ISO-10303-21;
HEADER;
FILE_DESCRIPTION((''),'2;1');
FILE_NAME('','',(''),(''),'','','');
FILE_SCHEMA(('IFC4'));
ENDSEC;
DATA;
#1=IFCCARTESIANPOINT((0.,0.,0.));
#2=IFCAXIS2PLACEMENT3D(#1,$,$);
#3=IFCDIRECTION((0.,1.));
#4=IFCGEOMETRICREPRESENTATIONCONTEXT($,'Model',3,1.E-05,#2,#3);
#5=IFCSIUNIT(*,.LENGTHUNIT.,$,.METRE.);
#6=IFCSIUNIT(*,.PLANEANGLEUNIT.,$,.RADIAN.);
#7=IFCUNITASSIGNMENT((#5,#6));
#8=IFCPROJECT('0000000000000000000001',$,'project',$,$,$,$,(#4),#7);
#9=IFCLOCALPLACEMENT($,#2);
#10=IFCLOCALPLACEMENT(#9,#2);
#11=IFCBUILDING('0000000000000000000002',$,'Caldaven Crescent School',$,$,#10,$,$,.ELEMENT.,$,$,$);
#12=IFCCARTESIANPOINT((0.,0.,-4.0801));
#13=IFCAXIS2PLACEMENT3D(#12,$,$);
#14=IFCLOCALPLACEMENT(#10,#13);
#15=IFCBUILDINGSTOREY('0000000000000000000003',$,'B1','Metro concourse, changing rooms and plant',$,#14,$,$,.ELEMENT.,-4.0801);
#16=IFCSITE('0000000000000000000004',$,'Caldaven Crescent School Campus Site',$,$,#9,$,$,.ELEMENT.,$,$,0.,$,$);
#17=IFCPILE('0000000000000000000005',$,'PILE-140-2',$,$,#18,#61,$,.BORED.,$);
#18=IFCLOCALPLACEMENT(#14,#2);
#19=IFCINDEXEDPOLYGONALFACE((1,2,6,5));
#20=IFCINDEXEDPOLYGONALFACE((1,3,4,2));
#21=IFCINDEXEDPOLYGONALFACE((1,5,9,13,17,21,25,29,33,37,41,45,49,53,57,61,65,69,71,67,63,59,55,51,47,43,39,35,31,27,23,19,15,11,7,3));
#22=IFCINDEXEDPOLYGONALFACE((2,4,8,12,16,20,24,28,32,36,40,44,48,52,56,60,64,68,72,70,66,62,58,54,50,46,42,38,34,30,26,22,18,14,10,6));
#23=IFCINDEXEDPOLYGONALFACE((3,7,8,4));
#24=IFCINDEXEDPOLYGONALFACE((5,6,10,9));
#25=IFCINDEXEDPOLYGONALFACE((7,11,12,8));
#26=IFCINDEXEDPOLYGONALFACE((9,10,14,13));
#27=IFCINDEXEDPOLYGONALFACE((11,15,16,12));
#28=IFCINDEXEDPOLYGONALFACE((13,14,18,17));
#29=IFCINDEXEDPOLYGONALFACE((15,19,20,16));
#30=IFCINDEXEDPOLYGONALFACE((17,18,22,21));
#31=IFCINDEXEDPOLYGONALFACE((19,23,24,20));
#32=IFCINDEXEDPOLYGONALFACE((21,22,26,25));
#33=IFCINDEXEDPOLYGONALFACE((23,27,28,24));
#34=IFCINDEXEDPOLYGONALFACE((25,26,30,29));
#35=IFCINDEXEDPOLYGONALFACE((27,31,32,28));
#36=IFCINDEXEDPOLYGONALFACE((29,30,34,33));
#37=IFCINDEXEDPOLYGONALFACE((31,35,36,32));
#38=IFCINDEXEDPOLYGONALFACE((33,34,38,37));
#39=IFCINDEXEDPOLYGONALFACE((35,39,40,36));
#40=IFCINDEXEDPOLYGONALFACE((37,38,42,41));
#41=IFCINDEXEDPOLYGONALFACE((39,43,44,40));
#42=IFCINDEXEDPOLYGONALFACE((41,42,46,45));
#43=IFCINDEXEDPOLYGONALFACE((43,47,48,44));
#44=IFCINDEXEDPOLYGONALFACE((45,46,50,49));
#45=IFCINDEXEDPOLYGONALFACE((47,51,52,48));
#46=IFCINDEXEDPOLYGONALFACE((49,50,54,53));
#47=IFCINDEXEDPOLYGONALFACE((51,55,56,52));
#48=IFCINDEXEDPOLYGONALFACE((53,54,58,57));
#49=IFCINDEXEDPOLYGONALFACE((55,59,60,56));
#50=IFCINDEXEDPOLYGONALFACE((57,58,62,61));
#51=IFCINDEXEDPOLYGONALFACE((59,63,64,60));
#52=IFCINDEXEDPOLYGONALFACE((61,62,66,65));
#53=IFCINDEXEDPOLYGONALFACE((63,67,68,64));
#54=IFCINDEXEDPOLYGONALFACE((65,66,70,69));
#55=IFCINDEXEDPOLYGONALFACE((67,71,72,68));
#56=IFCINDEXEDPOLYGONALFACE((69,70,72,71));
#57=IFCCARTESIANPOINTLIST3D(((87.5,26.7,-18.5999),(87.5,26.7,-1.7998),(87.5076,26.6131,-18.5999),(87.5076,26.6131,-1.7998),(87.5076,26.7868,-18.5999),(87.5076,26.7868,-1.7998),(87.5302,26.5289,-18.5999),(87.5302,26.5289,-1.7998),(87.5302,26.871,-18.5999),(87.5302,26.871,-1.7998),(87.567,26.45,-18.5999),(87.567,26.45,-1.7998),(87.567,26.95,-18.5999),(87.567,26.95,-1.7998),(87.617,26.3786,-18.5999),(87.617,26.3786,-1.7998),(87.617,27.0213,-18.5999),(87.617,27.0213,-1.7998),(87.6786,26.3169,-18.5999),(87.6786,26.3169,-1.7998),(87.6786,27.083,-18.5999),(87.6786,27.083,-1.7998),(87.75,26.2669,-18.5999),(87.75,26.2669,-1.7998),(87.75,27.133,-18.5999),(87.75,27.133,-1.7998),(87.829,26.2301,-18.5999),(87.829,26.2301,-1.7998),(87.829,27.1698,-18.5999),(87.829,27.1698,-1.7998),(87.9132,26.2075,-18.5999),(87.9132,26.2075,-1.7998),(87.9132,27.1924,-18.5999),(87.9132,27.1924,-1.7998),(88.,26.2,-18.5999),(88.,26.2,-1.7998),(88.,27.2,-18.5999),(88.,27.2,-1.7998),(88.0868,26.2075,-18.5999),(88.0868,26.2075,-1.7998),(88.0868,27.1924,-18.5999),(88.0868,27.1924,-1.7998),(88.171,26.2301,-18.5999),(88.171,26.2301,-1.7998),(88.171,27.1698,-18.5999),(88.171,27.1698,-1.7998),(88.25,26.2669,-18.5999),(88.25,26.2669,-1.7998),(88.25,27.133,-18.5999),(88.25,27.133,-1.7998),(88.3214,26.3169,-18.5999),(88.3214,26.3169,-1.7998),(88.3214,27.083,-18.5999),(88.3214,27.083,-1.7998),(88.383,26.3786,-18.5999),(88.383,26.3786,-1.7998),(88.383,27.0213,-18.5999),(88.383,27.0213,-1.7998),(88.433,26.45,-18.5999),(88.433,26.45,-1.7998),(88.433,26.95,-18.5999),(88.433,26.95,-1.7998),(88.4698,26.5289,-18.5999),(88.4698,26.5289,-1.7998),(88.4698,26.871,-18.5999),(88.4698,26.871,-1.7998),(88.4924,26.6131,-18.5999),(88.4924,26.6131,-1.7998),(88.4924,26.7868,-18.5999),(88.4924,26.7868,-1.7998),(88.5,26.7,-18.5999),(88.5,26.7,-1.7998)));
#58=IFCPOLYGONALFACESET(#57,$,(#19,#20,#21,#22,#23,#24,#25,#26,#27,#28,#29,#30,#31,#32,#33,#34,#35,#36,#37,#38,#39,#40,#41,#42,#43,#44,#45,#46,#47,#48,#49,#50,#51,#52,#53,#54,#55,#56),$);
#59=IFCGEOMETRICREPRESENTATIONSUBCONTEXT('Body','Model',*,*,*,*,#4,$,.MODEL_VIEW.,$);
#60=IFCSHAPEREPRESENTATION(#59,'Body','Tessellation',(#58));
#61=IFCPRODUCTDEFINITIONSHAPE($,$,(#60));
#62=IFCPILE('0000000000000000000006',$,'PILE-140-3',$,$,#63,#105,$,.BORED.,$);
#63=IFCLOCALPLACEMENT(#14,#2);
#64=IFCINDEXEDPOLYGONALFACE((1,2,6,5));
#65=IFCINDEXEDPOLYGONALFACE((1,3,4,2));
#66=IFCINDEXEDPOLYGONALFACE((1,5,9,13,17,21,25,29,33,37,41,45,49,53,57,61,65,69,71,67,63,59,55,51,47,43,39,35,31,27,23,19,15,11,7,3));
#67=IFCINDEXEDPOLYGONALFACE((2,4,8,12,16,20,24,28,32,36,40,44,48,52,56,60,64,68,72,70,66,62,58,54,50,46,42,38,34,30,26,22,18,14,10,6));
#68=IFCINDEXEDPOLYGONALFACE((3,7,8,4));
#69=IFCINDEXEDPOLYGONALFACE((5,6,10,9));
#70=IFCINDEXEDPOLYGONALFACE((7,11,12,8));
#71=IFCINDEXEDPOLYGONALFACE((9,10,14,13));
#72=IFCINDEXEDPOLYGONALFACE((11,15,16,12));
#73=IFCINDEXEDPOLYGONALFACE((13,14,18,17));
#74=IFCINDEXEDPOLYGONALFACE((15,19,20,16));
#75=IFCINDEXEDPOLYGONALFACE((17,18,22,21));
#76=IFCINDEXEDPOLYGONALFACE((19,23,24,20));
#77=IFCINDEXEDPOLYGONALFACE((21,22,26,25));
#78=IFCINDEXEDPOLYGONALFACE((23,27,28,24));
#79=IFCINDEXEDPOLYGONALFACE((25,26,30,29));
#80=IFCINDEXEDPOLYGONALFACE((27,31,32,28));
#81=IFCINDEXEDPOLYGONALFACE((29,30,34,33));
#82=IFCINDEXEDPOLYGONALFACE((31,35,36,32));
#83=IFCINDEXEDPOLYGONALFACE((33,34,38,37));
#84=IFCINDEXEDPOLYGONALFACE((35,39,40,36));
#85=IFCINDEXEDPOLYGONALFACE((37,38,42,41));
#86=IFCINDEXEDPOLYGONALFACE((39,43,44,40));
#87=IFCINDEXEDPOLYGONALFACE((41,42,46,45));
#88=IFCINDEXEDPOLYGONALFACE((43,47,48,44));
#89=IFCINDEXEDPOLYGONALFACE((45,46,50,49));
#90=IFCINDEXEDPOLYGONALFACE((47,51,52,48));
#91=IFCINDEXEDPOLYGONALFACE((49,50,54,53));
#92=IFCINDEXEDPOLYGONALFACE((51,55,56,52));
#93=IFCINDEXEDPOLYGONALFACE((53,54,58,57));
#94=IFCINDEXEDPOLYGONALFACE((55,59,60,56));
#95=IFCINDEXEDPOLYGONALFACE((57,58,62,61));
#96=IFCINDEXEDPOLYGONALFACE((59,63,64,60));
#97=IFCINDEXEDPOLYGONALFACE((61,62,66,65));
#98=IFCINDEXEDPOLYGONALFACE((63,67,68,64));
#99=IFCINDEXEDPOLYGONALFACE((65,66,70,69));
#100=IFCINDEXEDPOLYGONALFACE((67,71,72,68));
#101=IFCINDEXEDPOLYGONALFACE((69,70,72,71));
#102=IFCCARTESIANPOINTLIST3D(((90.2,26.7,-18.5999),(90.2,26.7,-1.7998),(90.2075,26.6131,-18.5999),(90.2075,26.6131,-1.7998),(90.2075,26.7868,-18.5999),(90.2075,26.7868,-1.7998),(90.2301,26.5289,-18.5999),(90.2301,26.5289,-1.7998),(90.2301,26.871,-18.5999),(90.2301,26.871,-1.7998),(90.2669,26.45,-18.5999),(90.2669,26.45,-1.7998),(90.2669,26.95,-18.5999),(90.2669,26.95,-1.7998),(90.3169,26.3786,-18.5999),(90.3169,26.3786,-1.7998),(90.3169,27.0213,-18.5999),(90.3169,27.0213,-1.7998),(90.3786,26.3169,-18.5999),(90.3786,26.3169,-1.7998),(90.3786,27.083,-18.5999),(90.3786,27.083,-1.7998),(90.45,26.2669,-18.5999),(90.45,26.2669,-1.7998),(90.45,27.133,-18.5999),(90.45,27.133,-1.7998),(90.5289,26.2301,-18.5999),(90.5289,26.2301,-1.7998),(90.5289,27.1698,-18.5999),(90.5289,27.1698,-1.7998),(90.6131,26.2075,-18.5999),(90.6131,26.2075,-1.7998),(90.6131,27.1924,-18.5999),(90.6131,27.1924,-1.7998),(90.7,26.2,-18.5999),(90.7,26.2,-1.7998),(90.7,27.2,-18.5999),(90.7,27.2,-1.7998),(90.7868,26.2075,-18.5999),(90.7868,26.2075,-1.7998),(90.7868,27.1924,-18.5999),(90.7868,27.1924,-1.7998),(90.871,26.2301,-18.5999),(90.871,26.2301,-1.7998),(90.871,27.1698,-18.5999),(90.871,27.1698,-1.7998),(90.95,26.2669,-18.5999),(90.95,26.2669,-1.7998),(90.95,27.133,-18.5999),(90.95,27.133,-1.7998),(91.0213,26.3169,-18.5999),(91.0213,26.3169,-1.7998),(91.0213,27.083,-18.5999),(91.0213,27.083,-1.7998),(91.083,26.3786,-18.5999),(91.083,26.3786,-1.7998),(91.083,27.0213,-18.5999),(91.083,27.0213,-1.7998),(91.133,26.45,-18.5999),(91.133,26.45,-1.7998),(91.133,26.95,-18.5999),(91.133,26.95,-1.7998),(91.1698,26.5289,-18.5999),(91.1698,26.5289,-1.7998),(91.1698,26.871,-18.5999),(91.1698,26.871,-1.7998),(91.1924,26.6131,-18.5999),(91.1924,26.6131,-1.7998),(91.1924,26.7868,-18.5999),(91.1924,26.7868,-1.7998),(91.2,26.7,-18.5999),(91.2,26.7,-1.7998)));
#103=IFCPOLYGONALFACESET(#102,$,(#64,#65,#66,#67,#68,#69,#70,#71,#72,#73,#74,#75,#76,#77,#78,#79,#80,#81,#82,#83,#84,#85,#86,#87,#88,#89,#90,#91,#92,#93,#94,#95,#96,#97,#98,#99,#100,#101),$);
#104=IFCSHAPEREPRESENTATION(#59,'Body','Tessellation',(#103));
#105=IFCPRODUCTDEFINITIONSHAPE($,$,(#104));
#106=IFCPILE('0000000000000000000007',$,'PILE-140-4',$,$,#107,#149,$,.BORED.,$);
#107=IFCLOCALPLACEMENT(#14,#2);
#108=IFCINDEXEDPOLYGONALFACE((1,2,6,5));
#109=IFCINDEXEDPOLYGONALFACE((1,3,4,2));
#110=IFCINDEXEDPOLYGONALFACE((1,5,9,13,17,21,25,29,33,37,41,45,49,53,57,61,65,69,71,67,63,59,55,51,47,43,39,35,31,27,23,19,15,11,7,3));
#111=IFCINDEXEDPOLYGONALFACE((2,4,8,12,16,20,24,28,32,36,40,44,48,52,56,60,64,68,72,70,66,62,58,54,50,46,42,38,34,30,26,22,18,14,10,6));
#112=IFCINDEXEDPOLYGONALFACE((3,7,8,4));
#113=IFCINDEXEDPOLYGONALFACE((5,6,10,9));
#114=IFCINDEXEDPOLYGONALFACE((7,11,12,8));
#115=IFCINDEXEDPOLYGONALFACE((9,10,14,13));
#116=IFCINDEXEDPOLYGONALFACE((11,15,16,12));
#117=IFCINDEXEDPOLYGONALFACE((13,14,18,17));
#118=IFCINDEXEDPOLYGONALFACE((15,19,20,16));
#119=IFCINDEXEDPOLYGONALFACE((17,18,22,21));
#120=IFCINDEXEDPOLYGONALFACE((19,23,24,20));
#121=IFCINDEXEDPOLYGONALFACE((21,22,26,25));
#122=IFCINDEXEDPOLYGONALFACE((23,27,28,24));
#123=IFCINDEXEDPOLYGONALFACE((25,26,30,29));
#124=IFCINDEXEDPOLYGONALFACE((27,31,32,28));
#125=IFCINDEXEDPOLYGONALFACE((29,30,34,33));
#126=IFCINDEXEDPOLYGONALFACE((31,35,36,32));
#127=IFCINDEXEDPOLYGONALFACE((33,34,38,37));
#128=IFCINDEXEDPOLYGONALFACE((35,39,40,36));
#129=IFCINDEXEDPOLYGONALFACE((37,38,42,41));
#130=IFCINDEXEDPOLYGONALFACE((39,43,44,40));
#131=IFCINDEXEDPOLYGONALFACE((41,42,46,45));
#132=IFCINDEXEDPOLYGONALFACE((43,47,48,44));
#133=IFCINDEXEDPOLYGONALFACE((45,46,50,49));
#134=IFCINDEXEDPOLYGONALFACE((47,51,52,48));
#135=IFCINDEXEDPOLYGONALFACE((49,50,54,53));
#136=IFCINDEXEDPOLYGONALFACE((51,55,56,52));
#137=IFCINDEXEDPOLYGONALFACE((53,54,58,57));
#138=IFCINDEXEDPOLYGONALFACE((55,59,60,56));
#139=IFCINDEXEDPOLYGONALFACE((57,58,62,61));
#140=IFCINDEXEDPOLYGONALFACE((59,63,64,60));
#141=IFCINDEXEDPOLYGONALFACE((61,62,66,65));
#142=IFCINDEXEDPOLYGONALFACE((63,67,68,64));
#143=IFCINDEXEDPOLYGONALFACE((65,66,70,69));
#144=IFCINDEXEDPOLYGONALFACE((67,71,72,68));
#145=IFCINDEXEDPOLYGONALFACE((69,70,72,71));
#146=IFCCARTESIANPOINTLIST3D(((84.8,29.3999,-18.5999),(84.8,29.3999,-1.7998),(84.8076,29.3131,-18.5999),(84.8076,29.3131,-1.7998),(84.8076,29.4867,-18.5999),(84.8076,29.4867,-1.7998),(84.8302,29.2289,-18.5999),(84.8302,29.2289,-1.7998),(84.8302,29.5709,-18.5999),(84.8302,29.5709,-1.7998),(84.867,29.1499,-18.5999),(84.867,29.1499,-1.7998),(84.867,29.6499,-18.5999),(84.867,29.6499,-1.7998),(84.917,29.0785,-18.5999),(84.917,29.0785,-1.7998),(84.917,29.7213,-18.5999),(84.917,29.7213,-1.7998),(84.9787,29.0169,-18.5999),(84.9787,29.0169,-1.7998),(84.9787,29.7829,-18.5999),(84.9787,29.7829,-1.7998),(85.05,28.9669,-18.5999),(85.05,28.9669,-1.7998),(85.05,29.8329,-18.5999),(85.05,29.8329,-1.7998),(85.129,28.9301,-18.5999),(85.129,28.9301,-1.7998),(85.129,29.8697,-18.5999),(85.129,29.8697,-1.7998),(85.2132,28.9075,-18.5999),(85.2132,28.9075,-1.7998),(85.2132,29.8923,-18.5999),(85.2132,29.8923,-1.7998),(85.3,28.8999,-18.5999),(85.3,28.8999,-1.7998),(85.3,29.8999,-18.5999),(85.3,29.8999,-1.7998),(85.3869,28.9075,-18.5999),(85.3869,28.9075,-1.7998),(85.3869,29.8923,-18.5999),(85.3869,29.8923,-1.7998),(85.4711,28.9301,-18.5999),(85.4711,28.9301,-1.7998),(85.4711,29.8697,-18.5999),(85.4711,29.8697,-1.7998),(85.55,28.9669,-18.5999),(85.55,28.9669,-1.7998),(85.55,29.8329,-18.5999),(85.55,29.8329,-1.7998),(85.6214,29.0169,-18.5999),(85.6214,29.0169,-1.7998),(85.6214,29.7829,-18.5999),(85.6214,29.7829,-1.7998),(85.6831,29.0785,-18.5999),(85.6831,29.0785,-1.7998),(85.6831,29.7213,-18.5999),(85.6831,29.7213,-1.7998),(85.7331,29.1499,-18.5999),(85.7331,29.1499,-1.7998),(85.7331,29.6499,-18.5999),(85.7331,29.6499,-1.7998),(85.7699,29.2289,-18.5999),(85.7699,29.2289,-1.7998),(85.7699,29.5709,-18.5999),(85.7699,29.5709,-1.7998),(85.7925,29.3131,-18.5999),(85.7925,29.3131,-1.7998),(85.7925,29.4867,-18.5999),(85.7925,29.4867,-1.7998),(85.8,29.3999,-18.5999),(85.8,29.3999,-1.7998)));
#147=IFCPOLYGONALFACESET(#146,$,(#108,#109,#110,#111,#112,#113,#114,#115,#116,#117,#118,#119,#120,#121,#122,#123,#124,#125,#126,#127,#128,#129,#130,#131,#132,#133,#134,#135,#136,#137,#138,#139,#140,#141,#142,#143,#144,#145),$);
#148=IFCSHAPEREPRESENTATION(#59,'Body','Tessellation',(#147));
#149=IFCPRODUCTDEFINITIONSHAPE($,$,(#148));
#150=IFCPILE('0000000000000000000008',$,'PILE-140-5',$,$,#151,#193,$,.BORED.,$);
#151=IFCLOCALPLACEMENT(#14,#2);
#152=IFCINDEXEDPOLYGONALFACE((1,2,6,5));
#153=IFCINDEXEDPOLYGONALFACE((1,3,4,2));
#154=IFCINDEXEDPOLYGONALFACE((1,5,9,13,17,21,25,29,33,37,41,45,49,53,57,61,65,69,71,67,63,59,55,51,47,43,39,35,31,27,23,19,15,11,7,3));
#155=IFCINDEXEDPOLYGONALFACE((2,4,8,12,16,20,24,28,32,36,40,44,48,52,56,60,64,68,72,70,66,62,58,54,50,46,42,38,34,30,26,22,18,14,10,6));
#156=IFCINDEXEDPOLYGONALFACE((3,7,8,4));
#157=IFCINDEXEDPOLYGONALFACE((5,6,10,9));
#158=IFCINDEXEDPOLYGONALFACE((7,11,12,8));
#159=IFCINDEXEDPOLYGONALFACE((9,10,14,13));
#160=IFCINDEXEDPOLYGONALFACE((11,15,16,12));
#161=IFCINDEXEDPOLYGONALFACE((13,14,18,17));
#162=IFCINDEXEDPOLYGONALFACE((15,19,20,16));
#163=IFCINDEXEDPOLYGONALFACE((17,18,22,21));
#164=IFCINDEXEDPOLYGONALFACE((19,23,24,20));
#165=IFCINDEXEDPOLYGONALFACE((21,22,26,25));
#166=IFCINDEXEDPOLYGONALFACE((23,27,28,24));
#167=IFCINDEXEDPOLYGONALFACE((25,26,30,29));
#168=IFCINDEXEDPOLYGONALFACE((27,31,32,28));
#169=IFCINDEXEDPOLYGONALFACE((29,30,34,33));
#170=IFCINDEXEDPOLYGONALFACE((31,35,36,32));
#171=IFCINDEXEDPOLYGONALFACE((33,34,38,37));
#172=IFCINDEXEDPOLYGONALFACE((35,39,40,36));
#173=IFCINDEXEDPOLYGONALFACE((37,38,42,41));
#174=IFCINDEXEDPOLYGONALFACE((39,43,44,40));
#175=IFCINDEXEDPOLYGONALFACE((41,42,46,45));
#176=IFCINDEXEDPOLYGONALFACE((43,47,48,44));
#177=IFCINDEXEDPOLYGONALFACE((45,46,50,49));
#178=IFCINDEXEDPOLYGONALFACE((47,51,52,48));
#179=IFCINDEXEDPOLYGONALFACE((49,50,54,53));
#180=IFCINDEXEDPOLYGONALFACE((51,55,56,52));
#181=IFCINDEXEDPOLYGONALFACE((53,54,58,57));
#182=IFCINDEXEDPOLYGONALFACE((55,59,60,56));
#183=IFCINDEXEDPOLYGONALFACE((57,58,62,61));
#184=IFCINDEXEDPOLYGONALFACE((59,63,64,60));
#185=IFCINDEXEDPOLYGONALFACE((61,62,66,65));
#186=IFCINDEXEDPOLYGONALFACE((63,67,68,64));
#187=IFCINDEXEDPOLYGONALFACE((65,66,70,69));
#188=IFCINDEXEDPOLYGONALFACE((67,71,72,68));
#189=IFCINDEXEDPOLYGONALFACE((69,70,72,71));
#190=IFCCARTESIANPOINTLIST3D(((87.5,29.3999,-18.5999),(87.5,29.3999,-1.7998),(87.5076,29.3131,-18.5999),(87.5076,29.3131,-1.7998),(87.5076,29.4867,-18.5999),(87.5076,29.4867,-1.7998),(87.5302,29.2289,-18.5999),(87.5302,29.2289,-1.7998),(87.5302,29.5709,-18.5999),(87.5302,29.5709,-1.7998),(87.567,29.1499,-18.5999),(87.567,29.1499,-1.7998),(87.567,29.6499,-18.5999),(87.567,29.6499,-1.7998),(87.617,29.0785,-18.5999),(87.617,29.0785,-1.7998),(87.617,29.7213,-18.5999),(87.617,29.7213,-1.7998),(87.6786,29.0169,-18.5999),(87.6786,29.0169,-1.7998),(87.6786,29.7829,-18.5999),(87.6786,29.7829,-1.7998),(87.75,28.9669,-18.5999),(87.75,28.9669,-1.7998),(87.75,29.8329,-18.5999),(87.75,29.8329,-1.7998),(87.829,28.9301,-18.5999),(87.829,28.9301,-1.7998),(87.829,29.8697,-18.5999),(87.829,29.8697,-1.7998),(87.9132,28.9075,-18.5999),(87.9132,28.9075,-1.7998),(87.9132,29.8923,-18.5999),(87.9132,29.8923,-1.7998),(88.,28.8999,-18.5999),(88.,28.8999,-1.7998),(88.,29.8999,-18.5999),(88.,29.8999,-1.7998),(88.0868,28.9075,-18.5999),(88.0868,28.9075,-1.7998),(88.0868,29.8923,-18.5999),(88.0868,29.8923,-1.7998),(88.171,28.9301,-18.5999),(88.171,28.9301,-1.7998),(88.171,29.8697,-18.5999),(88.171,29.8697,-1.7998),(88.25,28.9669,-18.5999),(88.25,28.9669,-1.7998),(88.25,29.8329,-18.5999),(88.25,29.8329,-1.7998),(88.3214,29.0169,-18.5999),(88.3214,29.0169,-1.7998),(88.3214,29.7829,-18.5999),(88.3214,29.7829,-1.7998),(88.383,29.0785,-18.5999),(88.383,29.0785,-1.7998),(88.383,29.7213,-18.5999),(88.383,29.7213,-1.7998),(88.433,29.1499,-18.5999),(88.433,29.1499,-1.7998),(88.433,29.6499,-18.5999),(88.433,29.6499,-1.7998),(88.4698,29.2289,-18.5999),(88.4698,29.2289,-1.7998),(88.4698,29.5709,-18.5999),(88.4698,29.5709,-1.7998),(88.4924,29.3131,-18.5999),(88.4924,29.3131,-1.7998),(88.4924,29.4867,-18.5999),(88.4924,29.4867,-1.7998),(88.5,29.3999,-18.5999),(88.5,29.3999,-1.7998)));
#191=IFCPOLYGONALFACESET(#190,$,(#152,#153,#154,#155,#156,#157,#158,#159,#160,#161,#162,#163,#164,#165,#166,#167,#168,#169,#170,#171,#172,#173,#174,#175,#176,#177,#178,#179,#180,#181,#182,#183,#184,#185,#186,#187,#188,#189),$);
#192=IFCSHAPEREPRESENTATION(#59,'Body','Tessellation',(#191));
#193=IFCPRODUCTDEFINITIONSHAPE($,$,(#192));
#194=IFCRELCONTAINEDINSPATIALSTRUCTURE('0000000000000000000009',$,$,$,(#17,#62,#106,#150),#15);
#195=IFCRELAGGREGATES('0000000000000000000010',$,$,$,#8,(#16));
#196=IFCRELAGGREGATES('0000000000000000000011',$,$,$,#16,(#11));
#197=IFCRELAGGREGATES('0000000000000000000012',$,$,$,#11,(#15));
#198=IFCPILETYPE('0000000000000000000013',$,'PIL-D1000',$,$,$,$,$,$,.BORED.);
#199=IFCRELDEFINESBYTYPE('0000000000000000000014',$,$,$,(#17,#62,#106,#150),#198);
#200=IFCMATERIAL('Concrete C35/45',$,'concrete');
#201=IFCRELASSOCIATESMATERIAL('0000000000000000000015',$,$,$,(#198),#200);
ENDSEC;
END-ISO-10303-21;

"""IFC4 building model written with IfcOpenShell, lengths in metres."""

from ifc_helpers import new_model, si_unit, direction, frame, origin, origin_2d, place, context, subcontext, project, spatial, circle, extrude, material, material_profile, profile_set, type_object, element, save


model = new_model("IFC4")

# Units and contexts
model_context = context("Model", 3, precision=1e-05, world=origin(), true_north=direction((0.0, 1.0)))
body_context = subcontext(model_context, "Body", "Model", "MODEL_VIEW")
ifc_project = project(units=[si_unit("LENGTHUNIT", "METRE"), si_unit("PLANEANGLEUNIT", "RADIAN")], contexts=[model_context])

# Site, building, storey
site_placement = place(None, origin())
site = spatial("IfcSite", under=ifc_project, at=site_placement, Name="Caldaven Crescent School Campus Site", CompositionType="ELEMENT", RefElevation=0.0)
building_placement = place(site_placement, origin())
building = spatial("IfcBuilding", under=site, at=building_placement, Name="Caldaven Crescent School", CompositionType="ELEMENT")
storey_placement = place(building_placement, frame((0.0, 0.0, -4.0801)))
storey = spatial("IfcBuildingStorey", under=building, at=storey_placement, Name="B1", Description="Metro concourse, changing rooms and plant", CompositionType="ELEMENT", Elevation=-4.0801)

# Shared definitions
ifc_material_1 = material(Name="Concrete C35/45", Category="concrete")

# Piles
ifc_material_profile_1 = material_profile(ifc_material_1, circle(Radius=0.5, at=origin_2d()), Name="PILE D1000")
ifc_profile_set_1 = profile_set([ifc_material_profile_1], Name="Concrete C35/45")
pile_type_1 = type_object("IfcPileType", Name="PIL-D1000", PredefinedType="BORED", material=ifc_profile_set_1)
for number, where, z_axis, x_axis, name in (
    (1, (88.0, 26.7, -1.7998), (0.0, 0.0, -1.0), (1.0, 0.0, 0.0), "PILE-140-2"),
    (2, (90.7, 26.7, -1.7998), (0.0, 0.0, -1.0), (1.0, 0.0, 0.0), "PILE-140-3"),
    (3, (85.3, 29.3999, -1.7998), (0.0, 0.0, -1.0), (1.0, 0.0, 0.0), "PILE-140-4"),
    (4, (88.0, 29.3999, -1.7998), (0.0, 0.0, -1.0), (1.0, 0.0, 0.0), "PILE-140-5"),
):
    element("IfcPile", number, at=place(storey_placement, frame(where, z_axis=z_axis, x_axis=x_axis)), inside=storey, type_object=pile_type_1, Name=name, PredefinedType="BORED", context=body_context, shape_type="SweptSolid", body=[
        extrude(circle(Radius=0.5, at=origin_2d()), origin(), (0.0, 0.0, 1.0), 16.8),
    ])

save(model, "model.ifc")
